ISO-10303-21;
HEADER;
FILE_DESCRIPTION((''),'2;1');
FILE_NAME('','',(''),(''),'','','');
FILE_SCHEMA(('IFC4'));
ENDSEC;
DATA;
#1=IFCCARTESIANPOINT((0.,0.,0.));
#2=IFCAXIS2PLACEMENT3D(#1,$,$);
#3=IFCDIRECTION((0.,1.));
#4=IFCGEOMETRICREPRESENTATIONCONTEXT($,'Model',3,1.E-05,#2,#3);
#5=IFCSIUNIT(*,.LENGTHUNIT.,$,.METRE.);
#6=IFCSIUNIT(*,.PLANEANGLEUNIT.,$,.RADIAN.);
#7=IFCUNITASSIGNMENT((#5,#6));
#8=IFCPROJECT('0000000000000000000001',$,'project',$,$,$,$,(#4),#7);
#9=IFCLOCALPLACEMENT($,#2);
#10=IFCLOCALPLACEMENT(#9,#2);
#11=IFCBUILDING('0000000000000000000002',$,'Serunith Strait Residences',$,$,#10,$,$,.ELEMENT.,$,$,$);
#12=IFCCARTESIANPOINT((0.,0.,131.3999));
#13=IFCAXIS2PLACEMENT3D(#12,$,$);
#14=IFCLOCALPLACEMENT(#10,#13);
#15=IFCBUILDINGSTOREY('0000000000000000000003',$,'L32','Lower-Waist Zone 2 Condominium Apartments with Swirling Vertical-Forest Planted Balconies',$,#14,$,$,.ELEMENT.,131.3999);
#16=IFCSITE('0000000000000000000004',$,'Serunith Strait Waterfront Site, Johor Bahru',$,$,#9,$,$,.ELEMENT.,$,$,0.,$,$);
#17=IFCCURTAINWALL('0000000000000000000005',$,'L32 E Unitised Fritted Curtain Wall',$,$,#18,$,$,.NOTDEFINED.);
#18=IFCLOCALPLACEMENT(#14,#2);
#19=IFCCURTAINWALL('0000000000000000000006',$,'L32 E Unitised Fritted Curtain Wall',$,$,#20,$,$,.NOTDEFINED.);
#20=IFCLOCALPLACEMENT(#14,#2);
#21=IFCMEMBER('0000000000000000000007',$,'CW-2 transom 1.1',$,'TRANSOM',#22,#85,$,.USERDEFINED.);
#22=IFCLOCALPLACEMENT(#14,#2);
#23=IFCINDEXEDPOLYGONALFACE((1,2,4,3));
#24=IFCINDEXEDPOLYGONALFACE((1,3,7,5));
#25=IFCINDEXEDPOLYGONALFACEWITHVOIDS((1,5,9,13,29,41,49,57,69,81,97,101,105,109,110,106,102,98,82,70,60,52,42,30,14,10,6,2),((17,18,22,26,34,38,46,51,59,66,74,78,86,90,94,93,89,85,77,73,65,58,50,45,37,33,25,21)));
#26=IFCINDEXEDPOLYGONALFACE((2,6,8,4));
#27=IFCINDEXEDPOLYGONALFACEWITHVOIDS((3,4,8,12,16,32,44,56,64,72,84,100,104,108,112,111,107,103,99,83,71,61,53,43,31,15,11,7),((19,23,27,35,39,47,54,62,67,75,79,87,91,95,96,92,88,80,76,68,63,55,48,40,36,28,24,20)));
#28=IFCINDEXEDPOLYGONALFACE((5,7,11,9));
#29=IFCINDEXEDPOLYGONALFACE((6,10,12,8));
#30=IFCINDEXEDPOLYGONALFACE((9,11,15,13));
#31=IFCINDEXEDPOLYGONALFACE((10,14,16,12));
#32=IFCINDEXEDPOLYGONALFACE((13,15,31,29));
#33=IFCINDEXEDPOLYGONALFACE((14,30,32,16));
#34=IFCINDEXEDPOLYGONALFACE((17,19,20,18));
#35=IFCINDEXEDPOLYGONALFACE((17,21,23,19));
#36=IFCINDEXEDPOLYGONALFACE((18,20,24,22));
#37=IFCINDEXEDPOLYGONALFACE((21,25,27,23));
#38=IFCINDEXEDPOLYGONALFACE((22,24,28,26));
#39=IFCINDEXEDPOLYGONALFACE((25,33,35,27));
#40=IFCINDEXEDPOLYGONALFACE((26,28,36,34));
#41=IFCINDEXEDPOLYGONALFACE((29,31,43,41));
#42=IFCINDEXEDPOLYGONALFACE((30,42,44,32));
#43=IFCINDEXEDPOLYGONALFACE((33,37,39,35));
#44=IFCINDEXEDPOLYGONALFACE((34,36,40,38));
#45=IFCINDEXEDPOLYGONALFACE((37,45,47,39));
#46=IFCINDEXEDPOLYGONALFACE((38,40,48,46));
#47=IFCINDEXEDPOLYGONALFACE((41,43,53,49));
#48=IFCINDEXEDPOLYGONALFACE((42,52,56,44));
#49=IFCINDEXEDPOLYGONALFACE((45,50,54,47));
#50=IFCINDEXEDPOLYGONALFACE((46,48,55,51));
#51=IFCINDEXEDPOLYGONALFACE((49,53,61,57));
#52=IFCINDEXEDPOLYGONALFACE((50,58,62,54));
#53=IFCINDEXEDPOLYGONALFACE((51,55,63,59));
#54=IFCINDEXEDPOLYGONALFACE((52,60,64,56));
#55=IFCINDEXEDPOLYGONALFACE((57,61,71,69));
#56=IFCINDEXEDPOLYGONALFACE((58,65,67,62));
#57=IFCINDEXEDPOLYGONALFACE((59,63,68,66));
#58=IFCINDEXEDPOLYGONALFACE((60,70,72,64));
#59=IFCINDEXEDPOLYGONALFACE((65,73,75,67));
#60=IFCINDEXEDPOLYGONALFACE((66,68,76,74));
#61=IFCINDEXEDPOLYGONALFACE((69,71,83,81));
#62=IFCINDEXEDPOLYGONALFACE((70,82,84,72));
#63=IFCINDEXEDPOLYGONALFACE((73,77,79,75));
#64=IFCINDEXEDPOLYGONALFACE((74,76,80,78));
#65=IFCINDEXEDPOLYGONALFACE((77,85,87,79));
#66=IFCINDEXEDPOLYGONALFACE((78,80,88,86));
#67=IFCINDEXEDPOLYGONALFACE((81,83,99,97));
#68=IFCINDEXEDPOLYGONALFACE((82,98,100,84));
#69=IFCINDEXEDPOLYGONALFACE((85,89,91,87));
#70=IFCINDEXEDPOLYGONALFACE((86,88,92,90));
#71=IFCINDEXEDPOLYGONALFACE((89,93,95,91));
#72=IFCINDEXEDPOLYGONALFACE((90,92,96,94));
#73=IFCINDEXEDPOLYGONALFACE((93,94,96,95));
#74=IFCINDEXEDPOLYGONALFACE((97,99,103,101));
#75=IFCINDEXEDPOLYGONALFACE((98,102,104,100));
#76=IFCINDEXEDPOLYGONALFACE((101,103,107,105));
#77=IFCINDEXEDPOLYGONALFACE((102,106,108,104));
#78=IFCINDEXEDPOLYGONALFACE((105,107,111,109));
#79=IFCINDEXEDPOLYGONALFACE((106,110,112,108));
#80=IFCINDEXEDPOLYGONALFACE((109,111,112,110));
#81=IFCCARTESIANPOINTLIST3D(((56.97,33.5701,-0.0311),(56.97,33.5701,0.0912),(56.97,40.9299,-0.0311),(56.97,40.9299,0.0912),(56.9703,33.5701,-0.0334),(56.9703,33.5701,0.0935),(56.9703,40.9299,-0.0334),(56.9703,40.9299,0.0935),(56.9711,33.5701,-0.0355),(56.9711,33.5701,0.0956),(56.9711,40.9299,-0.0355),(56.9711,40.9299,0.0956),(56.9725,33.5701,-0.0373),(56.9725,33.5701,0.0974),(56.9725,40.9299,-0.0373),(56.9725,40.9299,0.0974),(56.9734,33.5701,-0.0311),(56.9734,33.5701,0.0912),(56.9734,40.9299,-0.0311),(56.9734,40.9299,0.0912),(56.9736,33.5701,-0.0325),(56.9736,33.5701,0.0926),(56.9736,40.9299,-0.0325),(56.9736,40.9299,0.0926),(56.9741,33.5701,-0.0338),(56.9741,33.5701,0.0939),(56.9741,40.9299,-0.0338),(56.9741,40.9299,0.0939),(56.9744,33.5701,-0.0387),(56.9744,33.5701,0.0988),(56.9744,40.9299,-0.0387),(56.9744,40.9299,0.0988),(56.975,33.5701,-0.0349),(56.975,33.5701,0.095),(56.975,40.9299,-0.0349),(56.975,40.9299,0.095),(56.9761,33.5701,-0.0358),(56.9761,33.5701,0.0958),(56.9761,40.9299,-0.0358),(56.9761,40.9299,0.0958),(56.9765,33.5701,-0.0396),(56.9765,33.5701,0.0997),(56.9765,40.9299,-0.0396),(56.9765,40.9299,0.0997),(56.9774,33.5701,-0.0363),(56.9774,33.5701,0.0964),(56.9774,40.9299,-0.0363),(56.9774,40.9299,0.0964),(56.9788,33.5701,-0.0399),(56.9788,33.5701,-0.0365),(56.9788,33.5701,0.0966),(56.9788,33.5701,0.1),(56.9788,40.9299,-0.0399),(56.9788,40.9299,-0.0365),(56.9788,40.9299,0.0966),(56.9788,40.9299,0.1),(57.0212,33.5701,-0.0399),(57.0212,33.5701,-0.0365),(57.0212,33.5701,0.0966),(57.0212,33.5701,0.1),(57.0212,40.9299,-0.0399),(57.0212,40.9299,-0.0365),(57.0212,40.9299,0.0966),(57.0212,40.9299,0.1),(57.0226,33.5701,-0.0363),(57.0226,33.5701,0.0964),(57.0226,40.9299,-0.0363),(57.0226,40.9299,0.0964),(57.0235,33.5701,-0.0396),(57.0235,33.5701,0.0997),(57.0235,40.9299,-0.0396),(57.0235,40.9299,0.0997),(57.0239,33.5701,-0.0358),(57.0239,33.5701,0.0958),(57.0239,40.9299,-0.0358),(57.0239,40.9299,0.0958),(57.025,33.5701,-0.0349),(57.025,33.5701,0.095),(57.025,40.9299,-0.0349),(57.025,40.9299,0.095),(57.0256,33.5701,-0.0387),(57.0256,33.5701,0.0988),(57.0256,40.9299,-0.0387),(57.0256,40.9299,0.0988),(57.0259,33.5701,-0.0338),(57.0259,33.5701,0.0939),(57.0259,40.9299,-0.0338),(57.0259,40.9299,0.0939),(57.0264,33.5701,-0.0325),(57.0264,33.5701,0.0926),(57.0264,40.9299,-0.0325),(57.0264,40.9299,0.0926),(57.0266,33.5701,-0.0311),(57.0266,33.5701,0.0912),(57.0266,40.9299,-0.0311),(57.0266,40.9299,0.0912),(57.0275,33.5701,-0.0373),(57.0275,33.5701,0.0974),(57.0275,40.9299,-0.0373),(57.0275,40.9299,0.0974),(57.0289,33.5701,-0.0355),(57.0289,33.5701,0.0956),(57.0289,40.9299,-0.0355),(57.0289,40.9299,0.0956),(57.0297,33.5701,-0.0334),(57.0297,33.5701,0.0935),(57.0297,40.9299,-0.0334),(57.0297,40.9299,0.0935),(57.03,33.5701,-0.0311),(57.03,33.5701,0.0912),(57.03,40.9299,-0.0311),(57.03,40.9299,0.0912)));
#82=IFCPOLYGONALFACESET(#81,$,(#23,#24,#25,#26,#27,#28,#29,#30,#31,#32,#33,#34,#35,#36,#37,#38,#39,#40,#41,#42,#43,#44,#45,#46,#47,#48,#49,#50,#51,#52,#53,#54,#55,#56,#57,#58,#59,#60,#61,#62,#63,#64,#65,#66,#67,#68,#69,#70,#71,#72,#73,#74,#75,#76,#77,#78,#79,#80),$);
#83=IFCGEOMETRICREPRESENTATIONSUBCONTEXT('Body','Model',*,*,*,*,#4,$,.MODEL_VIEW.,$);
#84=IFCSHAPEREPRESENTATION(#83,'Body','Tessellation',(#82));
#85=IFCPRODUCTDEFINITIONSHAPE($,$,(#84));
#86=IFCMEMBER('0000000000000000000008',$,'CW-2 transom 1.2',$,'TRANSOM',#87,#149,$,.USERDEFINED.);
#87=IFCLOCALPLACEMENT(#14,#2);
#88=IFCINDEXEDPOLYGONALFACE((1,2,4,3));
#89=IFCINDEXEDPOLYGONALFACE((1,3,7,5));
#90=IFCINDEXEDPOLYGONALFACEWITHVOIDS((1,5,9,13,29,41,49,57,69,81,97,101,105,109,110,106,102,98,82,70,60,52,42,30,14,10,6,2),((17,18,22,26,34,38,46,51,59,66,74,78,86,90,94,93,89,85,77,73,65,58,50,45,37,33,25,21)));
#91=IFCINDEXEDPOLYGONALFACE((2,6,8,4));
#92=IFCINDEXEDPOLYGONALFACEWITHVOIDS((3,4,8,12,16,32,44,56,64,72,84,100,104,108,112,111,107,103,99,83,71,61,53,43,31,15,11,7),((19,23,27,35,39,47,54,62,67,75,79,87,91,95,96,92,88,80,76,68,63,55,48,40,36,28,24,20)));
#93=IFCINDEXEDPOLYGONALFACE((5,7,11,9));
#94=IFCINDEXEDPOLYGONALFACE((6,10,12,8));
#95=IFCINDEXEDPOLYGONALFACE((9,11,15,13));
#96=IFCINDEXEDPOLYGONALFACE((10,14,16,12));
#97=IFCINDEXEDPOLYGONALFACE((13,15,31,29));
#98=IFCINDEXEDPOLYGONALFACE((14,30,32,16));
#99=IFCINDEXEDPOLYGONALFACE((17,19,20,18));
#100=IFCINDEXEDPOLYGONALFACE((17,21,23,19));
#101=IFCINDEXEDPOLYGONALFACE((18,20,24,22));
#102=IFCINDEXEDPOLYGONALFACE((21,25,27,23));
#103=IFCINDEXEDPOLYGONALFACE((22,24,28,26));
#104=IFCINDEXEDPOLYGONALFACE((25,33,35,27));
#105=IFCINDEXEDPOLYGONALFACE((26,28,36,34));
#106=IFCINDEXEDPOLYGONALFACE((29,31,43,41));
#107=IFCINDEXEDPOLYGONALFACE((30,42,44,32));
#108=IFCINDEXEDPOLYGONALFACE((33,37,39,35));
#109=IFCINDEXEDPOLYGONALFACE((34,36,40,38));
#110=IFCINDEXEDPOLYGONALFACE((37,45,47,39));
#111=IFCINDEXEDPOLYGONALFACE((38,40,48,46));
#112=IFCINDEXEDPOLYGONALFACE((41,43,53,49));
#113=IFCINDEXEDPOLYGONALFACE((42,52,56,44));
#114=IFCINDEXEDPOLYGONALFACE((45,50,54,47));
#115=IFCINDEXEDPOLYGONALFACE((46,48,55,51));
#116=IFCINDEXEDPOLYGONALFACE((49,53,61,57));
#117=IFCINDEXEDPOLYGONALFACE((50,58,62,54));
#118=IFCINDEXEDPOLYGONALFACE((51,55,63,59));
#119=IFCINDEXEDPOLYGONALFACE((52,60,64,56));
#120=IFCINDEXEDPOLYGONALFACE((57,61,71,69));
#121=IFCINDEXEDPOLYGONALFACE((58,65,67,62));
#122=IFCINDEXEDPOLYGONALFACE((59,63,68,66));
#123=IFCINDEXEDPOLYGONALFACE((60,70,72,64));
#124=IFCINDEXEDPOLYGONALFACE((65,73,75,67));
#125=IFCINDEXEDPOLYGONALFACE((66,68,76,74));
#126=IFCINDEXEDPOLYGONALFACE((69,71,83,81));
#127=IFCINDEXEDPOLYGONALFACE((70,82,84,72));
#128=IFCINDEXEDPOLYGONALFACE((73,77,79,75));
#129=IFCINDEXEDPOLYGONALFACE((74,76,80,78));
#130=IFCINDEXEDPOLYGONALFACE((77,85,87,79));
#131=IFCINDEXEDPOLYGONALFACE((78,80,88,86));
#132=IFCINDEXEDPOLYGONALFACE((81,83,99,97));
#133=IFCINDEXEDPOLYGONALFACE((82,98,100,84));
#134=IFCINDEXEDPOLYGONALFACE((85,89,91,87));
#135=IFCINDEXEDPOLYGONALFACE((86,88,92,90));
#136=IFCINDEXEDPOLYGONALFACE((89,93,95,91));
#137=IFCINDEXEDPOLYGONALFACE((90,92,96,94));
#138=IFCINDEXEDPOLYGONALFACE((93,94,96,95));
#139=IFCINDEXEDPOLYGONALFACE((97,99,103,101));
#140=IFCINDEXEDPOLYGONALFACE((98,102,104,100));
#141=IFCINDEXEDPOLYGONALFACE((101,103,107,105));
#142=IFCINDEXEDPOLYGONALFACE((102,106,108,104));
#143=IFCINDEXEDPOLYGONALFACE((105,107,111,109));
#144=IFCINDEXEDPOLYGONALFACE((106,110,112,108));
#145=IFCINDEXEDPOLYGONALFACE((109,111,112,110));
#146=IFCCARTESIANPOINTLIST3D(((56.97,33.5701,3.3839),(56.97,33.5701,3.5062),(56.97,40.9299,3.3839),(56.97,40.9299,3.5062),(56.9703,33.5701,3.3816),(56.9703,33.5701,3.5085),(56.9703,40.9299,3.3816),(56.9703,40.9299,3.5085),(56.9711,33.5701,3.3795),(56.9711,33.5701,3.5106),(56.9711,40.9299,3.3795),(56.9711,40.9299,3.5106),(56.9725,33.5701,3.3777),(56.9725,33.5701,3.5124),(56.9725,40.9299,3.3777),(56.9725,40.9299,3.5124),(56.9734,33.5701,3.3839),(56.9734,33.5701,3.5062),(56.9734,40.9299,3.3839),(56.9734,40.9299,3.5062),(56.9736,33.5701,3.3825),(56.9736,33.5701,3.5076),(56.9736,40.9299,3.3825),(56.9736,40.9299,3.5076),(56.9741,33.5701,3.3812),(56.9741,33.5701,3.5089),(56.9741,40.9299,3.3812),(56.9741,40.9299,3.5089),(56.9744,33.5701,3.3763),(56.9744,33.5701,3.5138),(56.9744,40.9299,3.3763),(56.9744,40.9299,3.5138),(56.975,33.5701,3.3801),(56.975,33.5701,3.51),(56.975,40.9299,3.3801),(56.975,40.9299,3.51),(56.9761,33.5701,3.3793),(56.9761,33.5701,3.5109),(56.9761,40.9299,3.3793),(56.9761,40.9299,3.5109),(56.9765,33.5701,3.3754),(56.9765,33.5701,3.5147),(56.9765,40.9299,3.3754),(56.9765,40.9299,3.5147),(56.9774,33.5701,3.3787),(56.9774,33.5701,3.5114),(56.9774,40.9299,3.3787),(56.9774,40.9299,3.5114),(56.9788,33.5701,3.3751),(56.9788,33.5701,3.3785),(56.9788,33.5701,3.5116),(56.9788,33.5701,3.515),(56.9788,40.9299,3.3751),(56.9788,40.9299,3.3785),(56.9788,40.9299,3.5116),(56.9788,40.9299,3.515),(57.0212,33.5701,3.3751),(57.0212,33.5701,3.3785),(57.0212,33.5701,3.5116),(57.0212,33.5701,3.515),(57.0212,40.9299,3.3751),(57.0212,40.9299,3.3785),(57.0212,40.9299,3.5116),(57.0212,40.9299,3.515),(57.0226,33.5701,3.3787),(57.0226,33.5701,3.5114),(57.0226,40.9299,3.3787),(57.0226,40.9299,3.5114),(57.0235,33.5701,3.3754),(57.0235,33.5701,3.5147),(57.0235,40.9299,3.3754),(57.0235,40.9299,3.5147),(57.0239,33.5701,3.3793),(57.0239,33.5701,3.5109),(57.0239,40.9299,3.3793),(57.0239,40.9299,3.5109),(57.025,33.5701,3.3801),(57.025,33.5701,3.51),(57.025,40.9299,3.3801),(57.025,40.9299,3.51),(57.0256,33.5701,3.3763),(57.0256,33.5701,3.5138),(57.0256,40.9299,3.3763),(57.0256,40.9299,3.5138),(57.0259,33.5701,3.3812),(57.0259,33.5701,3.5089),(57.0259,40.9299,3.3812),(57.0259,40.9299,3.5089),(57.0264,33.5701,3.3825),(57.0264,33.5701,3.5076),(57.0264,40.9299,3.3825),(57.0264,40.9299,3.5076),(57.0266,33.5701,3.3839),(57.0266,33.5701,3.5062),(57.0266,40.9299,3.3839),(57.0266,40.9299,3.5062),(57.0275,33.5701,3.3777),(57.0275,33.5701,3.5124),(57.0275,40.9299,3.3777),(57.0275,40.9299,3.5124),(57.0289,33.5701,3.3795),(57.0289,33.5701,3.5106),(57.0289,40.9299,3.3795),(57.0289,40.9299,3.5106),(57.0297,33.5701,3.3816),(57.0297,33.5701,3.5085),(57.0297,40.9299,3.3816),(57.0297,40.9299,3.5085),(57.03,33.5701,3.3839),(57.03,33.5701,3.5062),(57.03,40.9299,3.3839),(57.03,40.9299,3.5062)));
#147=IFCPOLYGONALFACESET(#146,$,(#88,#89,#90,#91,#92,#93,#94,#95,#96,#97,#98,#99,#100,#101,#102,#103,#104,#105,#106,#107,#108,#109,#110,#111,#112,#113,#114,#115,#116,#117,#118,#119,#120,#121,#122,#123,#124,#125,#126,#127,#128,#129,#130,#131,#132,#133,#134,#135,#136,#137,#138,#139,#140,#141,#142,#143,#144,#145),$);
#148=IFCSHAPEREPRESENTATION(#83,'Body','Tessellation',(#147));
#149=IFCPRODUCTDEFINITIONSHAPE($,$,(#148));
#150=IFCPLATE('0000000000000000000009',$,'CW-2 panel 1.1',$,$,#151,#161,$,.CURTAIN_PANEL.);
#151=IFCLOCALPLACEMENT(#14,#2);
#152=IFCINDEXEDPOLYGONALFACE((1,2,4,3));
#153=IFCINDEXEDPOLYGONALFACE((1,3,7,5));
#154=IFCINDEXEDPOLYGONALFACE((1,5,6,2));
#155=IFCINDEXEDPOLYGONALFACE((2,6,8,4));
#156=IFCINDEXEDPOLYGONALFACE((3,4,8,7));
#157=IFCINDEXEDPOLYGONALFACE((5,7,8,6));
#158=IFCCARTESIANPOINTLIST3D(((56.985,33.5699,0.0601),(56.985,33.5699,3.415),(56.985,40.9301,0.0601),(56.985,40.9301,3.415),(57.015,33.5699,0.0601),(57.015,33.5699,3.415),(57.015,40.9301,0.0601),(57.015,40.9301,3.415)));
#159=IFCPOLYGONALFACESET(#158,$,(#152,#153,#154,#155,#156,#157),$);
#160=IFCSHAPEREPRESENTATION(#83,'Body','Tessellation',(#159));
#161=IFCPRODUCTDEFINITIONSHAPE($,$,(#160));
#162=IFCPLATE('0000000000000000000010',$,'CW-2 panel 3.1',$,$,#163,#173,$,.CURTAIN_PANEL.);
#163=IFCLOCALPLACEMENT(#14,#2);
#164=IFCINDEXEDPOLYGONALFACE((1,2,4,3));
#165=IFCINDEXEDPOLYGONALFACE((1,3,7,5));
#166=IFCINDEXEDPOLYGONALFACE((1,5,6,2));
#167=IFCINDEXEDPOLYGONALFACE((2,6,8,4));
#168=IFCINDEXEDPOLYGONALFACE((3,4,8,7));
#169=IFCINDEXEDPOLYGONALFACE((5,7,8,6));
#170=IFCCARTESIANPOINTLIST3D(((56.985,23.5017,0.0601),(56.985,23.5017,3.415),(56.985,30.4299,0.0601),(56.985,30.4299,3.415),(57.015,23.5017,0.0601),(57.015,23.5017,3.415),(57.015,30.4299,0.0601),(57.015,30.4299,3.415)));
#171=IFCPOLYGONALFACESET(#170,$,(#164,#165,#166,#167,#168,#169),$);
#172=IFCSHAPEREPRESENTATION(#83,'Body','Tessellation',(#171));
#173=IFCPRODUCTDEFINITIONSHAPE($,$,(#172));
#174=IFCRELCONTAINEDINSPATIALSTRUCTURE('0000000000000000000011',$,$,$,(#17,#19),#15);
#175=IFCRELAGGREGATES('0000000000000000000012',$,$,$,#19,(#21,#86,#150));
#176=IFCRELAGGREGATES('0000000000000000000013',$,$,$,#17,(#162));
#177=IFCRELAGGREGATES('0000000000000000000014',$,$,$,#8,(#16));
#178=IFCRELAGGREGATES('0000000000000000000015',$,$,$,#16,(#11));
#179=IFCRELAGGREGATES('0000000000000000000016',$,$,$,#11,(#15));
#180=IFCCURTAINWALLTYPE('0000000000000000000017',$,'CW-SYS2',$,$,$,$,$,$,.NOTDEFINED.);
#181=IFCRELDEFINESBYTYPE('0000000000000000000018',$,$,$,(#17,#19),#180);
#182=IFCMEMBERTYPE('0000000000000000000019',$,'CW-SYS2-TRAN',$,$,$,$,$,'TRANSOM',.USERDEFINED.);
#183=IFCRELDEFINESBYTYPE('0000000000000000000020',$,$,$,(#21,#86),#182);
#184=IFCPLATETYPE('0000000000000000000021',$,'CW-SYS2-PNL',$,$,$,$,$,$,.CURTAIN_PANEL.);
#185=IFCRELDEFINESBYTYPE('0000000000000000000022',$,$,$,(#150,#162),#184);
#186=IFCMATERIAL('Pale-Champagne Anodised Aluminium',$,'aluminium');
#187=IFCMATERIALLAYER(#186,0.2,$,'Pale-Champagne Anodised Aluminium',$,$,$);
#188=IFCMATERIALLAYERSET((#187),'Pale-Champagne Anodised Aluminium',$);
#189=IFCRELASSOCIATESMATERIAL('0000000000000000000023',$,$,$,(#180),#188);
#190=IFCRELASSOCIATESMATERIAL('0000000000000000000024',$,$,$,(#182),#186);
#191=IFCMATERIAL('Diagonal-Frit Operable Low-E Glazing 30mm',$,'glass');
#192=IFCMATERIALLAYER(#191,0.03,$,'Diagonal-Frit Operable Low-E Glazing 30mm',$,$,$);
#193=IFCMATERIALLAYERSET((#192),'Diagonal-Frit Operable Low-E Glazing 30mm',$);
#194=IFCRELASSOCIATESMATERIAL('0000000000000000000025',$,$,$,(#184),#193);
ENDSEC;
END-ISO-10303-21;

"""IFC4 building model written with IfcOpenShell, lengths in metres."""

from ifc_helpers import new_model, si_unit, direction, frame, origin, origin_2d, place, context, subcontext, project, spatial, rectangle, hollow_rectangle, extrude, source, transform, mapped, material, layer, layer_set, material_profile, profile_set, type_object, element, aggregate, save


model = new_model("IFC4")

# Units and contexts
model_context = context("Model", 3, precision=1e-05, world=origin(), true_north=direction((0.0, 1.0)))
body_context = subcontext(model_context, "Body", "Model", "MODEL_VIEW")
ifc_project = project(units=[si_unit("LENGTHUNIT", "METRE"), si_unit("PLANEANGLEUNIT", "RADIAN")], contexts=[model_context])

# Site, building, storey
site_placement = place(None, origin())
site = spatial("IfcSite", under=ifc_project, at=site_placement, Name="Serunith Strait Waterfront Site, Johor Bahru", CompositionType="ELEMENT", RefElevation=0.0)
building_placement = place(site_placement, origin())
building = spatial("IfcBuilding", under=site, at=building_placement, Name="Serunith Strait Residences", CompositionType="ELEMENT")
storey_placement = place(building_placement, frame((0.0, 0.0, 131.3999)))
storey = spatial("IfcBuildingStorey", under=building, at=storey_placement, Name="L32", Description="Lower-Waist Zone 2 Condominium Apartments with Swirling Vertical-Forest Planted Balconies", CompositionType="ELEMENT", Elevation=131.3999)

# Curtain wall
ifc_material_1 = material(Name="Pale-Champagne Anodised Aluminium", Category="aluminium")
ifc_layer_1 = layer(ifc_material_1, 0.2, Name="Pale-Champagne Anodised Aluminium")
ifc_layer_set_1 = layer_set([ifc_layer_1], Name="Pale-Champagne Anodised Aluminium")
curtain_wall_type = type_object("IfcCurtainWallType", Name="CW-SYS2", PredefinedType="NOTDEFINED", material=ifc_layer_set_1)
curtain_wall_1_placement = place(storey_placement, origin())
curtain_wall_1 = element("IfcCurtainWall", 1, at=curtain_wall_1_placement, inside=storey, type_object=curtain_wall_type, Name="L32 E Unitised Fritted Curtain Wall", PredefinedType="NOTDEFINED")

# Curtain wall, members, plate
curtain_wall_2_placement = place(storey_placement, origin())
curtain_wall_2 = element("IfcCurtainWall", 2, at=curtain_wall_2_placement, inside=storey, type_object=curtain_wall_type, Name="L32 E Unitised Fritted Curtain Wall", PredefinedType="NOTDEFINED")
ifc_material_profile_1 = material_profile(ifc_material_1, hollow_rectangle(XDim=0.0601, YDim=0.1399, WallThickness=0.0034, InnerFilletRadius=0.0054, OuterFilletRadius=0.0088, at=origin_2d()), Name="ALU 140x60x3.5")
ifc_profile_set_1 = profile_set([ifc_material_profile_1], Name="Pale-Champagne Anodised Aluminium")
member_type_1 = type_object("IfcMemberType", Name="CW-SYS2-TRAN", ElementType="TRANSOM", PredefinedType="USERDEFINED", material=ifc_profile_set_1)
shared_shape_1 = source(origin(), body_context, "Body", "SweptSolid", [
    extrude(hollow_rectangle(XDim=0.0601, YDim=0.1399, WallThickness=0.0034, InnerFilletRadius=0.0054, OuterFilletRadius=0.0088, at=origin_2d()), origin(), (0.0, 0.0, 1.0), 7.3599),
])
member_1_placement = place(storey_placement, frame((57.0, 33.5701, 0.03), z_axis=(0.0, 1.0, 0.0), x_axis=(-1.0, 0.0, 0.0)))
member_1 = element("IfcMember", 3, at=member_1_placement, type_object=member_type_1, Name="CW-2 transom 1.1", ObjectType="TRANSOM", PredefinedType="USERDEFINED", context=body_context, shape_type="MappedRepresentation", body=[
    mapped(shared_shape_1, transform((0.0, 0.0, 0.0), scale=1.0)),
])
member_2_placement = place(storey_placement, frame((57.0, 33.5701, 3.4451), z_axis=(0.0, 1.0, 0.0), x_axis=(-1.0, 0.0, 0.0)))
member_2 = element("IfcMember", 4, at=member_2_placement, type_object=member_type_1, Name="CW-2 transom 1.2", ObjectType="TRANSOM", PredefinedType="USERDEFINED", context=body_context, shape_type="MappedRepresentation", body=[
    mapped(shared_shape_1, transform((0.0, 0.0, 0.0), scale=1.0)),
])
ifc_material_2 = material(Name="Diagonal-Frit Operable Low-E Glazing 30mm", Category="glass")
ifc_layer_2 = layer(ifc_material_2, 0.03, Name="Diagonal-Frit Operable Low-E Glazing 30mm")
ifc_layer_set_2 = layer_set([ifc_layer_2], Name="Diagonal-Frit Operable Low-E Glazing 30mm")
plate_type = type_object("IfcPlateType", Name="CW-SYS2-PNL", PredefinedType="CURTAIN_PANEL", material=ifc_layer_set_2)
shared_shape_2 = source(origin(), body_context, "Body", "SweptSolid", [
    extrude(rectangle(XDim=7.3601, YDim=0.03, at=origin_2d()), origin(), (0.0, 0.0, 1.0), 3.355),
])
plate_1_placement = place(storey_placement, frame((57.0, 37.25, 0.0601), z_axis=(0.0, 0.0, 1.0), x_axis=(0.0, 1.0, 0.0)))
plate_1 = element("IfcPlate", 5, at=plate_1_placement, type_object=plate_type, Name="CW-2 panel 1.1", PredefinedType="CURTAIN_PANEL", context=body_context, shape_type="MappedRepresentation", body=[
    mapped(shared_shape_2, transform((0.0, 0.0, 0.0), scale=1.0)),
])
aggregate(curtain_wall_2, [member_1, member_2, plate_1])

# Plate
shared_shape_3 = source(origin(), body_context, "Body", "SweptSolid", [
    extrude(rectangle(XDim=6.9282, YDim=0.03, at=origin_2d()), origin(), (0.0, 0.0, 1.0), 3.355),
])
plate_2_placement = place(storey_placement, frame((57.0, 26.9658, 0.0601), z_axis=(0.0, 0.0, 1.0), x_axis=(0.0, 1.0, 0.0)))
plate_2 = element("IfcPlate", 6, at=plate_2_placement, type_object=plate_type, Name="CW-2 panel 3.1", PredefinedType="CURTAIN_PANEL", context=body_context, shape_type="MappedRepresentation", body=[
    mapped(shared_shape_3, transform((0.0, 0.0, 0.0), scale=1.0)),
])
aggregate(curtain_wall_1, [plate_2])

save(model, "model.ifc")
